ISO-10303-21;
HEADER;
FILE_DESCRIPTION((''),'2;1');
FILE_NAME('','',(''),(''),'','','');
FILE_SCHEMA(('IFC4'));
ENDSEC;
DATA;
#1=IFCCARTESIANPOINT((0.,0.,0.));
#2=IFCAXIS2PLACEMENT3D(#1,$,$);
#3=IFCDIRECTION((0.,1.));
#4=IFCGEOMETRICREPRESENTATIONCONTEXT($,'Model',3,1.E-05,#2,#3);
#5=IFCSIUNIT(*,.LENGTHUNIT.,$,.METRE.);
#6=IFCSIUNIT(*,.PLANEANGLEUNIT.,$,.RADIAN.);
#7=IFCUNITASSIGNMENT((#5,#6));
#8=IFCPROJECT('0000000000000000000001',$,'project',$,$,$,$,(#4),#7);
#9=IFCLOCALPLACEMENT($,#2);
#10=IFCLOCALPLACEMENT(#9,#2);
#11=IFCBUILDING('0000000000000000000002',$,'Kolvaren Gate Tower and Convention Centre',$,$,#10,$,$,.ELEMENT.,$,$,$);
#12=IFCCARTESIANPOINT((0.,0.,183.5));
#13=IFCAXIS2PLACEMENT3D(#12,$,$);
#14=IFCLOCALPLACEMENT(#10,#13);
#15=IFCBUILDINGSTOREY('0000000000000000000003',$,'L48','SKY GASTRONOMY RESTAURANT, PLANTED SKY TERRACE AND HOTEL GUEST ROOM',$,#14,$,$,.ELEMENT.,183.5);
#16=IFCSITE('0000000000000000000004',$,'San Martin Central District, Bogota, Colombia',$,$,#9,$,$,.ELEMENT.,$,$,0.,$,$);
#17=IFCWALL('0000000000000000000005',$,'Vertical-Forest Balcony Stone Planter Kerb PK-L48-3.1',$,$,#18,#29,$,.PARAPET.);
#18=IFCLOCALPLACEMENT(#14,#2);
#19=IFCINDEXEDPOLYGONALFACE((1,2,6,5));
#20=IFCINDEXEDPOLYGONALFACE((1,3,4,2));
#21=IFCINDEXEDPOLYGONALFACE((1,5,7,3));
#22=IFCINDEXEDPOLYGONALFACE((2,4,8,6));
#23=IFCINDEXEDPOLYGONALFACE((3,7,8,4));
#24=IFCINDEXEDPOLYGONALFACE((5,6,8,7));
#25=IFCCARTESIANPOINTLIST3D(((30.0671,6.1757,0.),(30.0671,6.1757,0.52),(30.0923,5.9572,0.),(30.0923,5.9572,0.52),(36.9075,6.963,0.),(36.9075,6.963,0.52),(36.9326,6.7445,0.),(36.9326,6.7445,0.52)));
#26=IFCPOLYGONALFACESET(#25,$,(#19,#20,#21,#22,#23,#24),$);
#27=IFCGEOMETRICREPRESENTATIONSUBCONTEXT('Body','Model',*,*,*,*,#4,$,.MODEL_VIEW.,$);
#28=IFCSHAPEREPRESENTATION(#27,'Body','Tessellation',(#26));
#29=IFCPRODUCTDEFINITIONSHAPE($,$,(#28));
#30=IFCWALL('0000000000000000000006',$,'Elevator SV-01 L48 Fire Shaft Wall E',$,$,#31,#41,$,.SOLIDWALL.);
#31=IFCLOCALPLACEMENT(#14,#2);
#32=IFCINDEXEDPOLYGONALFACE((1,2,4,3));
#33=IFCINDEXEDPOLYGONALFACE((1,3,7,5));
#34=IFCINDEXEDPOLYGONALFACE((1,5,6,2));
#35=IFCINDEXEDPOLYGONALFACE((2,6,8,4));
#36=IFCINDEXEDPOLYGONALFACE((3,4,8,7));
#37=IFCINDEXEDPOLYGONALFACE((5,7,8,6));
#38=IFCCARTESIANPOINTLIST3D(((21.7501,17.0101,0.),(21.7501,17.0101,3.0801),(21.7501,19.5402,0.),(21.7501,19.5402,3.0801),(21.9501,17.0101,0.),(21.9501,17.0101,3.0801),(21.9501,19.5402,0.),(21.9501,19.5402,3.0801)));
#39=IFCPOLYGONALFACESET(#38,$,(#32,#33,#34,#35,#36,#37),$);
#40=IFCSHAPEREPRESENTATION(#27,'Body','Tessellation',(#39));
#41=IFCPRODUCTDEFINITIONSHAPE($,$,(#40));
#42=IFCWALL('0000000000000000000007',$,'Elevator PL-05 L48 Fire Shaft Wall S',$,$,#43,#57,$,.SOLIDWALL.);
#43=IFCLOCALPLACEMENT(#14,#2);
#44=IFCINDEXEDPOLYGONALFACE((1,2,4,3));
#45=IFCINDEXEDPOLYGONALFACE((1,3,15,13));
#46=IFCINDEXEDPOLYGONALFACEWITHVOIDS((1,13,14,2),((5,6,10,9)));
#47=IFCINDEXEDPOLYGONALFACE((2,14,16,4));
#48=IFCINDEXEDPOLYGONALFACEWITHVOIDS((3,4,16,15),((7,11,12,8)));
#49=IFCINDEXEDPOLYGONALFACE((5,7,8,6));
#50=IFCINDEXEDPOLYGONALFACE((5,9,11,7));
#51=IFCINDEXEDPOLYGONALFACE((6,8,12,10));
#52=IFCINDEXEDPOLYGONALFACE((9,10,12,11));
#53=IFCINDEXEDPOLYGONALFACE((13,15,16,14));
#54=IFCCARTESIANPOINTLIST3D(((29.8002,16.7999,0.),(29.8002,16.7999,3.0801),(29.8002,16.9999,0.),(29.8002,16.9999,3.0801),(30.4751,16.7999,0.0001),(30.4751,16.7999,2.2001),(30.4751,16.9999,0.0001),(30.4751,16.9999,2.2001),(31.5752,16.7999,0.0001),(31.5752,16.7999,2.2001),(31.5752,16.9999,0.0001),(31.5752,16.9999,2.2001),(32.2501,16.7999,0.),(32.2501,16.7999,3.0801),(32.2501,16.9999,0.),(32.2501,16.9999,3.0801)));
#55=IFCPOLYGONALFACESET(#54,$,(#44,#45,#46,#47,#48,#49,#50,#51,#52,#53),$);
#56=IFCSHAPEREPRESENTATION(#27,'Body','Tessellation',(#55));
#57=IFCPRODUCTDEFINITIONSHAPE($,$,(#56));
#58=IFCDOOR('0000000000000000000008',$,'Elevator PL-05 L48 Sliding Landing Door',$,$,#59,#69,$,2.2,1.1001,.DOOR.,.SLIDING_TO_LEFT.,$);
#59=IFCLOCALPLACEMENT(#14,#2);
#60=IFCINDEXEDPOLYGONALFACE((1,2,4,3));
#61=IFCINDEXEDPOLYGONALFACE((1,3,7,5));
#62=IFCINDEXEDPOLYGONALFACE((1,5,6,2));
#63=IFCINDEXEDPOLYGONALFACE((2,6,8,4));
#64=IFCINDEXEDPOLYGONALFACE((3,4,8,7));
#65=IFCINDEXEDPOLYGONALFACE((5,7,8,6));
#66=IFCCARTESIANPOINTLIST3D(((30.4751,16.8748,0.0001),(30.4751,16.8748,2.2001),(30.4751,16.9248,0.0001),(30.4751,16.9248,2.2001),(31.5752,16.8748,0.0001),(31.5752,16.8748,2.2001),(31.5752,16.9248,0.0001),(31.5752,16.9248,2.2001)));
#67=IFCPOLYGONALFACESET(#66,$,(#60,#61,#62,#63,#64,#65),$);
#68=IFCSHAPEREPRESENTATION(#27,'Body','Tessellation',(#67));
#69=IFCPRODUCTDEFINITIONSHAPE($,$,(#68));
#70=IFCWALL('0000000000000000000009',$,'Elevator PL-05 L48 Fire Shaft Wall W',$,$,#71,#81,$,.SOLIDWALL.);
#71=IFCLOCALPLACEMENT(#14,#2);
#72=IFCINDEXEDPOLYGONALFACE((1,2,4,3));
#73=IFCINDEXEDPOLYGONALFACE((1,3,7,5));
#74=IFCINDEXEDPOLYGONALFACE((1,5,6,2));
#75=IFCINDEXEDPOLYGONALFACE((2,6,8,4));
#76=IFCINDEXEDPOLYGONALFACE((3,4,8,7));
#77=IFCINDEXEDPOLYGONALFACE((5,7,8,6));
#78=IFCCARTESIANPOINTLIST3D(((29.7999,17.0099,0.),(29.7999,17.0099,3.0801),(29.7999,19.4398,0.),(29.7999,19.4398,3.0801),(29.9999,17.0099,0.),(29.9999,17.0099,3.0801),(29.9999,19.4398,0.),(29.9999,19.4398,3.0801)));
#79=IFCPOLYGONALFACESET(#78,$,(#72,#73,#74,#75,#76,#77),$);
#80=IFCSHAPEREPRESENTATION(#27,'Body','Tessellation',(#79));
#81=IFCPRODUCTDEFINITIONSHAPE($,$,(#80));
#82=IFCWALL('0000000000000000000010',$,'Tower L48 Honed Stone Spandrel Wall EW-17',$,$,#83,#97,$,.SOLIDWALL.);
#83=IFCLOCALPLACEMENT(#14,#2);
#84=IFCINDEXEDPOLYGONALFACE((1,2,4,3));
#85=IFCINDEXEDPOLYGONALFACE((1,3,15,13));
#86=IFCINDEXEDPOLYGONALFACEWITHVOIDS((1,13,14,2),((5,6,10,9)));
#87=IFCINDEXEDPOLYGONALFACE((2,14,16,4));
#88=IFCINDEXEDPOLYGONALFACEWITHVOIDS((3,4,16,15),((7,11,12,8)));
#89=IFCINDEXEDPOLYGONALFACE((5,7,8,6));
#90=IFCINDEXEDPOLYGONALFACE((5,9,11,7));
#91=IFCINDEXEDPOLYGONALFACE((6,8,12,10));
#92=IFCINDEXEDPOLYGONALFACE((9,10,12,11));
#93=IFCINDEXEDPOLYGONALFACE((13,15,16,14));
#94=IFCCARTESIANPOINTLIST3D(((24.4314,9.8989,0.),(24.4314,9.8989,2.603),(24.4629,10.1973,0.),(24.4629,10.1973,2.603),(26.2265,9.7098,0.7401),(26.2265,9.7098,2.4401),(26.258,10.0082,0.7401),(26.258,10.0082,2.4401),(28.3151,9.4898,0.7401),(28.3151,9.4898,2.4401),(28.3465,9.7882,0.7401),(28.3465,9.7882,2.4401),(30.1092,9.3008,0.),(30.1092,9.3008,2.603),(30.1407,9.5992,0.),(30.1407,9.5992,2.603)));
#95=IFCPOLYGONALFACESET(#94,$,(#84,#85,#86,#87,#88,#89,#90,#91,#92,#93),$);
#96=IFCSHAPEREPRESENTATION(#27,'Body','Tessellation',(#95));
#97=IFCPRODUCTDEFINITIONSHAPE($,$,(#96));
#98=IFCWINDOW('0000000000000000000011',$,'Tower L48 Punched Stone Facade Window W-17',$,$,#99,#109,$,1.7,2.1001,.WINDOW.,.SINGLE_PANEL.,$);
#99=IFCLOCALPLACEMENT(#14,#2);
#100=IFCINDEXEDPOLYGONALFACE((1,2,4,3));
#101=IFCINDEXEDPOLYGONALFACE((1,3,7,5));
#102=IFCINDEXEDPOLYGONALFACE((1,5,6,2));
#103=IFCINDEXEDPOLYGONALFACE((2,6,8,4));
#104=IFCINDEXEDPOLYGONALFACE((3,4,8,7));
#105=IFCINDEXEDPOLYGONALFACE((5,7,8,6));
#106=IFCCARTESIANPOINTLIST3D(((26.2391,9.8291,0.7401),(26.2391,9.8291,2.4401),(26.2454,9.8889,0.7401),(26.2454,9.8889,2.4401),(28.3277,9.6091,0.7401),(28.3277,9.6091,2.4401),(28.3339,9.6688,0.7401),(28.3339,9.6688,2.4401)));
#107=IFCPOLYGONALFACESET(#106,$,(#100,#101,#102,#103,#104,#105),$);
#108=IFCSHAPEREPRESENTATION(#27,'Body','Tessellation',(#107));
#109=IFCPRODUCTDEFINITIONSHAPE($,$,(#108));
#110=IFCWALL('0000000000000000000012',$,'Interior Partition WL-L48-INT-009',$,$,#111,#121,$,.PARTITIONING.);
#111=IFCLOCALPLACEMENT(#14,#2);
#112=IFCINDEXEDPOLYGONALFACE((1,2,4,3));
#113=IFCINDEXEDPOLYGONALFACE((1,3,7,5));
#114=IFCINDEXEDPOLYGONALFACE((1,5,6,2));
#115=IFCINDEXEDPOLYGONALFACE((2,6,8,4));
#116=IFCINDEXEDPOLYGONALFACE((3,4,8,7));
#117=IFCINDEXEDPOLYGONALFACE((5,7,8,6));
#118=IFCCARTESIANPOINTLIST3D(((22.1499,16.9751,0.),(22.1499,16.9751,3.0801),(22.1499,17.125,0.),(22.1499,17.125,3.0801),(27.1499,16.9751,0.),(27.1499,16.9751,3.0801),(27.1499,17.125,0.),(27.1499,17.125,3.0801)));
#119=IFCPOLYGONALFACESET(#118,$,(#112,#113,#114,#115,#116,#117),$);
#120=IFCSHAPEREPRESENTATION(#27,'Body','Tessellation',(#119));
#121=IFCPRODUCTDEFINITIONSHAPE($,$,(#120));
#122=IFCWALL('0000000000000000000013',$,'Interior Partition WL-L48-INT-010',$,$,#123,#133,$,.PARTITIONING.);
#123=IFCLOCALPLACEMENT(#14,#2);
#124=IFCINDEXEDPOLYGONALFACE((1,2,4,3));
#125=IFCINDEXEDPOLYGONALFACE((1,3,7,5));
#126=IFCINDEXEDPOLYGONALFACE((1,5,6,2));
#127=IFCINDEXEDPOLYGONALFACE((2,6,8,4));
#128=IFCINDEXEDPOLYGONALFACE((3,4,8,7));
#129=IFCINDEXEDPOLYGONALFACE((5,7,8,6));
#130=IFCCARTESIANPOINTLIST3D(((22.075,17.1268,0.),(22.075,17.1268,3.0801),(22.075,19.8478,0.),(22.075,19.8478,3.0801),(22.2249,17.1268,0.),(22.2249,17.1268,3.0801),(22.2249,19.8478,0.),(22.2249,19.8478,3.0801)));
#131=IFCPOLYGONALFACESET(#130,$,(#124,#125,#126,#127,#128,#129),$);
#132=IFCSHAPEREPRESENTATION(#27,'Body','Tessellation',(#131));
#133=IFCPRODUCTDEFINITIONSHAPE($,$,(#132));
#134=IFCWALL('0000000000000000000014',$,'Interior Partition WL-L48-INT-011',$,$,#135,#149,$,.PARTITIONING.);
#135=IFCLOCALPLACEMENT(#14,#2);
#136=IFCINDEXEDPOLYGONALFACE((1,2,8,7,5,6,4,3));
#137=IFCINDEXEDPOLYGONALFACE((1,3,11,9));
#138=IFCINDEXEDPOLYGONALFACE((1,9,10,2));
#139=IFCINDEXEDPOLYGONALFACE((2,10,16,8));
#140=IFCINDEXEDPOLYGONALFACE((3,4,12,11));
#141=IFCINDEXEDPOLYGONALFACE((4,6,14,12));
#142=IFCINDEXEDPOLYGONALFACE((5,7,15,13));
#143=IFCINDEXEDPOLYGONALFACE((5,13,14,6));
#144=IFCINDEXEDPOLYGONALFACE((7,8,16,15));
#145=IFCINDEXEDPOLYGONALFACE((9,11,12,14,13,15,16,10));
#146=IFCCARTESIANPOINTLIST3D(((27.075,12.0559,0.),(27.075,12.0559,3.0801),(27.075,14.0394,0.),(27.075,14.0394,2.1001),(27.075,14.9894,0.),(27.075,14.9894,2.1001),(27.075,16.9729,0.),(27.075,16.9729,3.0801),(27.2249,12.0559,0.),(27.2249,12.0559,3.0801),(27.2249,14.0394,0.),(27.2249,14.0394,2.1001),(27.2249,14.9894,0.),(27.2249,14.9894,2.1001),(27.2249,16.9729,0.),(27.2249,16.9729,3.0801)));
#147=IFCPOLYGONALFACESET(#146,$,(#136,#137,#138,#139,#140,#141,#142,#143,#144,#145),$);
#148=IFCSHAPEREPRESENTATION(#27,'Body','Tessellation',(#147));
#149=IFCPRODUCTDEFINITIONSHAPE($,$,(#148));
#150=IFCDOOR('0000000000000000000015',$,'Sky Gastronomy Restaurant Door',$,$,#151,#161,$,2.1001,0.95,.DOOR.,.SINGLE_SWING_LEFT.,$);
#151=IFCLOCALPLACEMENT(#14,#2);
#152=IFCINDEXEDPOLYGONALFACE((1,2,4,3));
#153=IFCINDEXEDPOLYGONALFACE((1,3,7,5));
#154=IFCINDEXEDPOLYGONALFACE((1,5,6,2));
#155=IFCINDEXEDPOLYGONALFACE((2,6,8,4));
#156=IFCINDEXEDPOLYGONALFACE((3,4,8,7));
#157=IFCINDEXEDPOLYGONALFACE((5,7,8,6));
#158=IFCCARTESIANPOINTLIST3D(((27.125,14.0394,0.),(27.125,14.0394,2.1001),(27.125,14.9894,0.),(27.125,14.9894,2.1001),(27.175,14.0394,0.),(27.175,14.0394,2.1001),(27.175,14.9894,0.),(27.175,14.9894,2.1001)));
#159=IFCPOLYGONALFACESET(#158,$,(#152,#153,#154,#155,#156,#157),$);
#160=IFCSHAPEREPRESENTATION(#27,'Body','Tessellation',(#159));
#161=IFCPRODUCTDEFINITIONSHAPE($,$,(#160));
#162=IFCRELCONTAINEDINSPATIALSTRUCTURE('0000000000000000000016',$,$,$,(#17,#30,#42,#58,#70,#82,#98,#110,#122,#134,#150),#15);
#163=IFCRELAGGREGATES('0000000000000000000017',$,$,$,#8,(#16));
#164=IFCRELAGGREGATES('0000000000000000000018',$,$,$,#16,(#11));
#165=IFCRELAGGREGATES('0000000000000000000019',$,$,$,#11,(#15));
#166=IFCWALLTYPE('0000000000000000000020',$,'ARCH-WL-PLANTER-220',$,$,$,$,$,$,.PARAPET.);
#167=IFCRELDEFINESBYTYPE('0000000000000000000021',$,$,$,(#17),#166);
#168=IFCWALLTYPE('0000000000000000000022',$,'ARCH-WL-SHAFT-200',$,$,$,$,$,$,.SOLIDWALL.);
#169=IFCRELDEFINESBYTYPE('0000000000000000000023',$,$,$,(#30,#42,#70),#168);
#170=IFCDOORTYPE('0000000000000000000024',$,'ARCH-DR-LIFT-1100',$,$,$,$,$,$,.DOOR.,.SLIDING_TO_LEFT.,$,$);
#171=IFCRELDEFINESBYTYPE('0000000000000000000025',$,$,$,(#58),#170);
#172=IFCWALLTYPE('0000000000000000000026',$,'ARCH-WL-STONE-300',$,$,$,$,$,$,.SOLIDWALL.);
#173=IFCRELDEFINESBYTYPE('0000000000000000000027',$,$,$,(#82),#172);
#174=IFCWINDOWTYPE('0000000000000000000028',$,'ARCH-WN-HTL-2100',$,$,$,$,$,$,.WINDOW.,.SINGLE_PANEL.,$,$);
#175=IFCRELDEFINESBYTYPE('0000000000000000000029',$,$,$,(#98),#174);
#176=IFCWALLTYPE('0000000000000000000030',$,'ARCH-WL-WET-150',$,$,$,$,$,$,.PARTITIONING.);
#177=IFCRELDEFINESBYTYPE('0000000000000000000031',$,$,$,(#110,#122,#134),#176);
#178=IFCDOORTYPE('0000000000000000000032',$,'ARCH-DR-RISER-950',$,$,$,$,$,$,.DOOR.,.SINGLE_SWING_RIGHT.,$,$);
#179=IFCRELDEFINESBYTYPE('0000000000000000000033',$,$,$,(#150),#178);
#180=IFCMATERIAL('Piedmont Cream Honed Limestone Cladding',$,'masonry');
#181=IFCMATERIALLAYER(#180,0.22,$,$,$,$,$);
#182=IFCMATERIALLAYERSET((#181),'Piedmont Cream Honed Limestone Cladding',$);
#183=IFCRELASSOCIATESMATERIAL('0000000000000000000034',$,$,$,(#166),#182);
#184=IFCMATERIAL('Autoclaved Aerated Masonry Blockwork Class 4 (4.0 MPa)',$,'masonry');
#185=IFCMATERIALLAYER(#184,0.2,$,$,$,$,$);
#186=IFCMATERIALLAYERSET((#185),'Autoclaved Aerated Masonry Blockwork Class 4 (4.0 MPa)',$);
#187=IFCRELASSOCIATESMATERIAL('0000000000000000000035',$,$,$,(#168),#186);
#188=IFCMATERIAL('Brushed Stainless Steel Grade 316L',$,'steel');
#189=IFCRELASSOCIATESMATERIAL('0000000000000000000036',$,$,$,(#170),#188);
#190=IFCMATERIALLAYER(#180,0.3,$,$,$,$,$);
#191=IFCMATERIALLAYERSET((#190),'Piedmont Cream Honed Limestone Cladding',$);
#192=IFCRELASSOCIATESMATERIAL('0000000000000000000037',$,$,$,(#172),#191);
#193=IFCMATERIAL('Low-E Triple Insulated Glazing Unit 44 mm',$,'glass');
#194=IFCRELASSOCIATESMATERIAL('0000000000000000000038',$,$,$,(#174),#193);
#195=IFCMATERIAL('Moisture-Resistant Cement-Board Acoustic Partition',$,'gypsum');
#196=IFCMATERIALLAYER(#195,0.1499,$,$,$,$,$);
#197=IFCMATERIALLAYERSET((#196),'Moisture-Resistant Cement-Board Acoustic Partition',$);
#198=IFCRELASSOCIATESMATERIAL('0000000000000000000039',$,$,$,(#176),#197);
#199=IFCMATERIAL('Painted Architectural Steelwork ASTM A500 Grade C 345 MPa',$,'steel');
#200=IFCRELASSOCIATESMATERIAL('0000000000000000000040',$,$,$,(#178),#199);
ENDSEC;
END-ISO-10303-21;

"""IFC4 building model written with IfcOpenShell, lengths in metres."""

from ifc_helpers import new_model, si_unit, direction, frame, frame_2d, origin, place, context, subcontext, project, spatial, rectangle, extrude, material, layer, layer_set, type_object, element, fill, save


model = new_model("IFC4")

# Units and contexts
model_context = context("Model", 3, precision=1e-05, world=origin(), true_north=direction((0.0, 1.0)))
body_context = subcontext(model_context, "Body", "Model", "MODEL_VIEW")
ifc_project = project(units=[si_unit("LENGTHUNIT", "METRE"), si_unit("PLANEANGLEUNIT", "RADIAN")], contexts=[model_context])

# Site, building, storey
site_placement = place(None, origin())
site = spatial("IfcSite", under=ifc_project, at=site_placement, Name="San Martin Central District, Bogota, Colombia", CompositionType="ELEMENT", RefElevation=0.0)
building_placement = place(site_placement, origin())
building = spatial("IfcBuilding", under=site, at=building_placement, Name="Kolvaren Gate Tower and Convention Centre", CompositionType="ELEMENT")
storey_placement = place(building_placement, frame((0.0, 0.0, 183.5)))
storey = spatial("IfcBuildingStorey", under=building, at=storey_placement, Name="L48", Description="SKY GASTRONOMY RESTAURANT, PLANTED SKY TERRACE AND HOTEL GUEST ROOM", CompositionType="ELEMENT", Elevation=183.5)

# Walls
ifc_material_1 = material(Name="Piedmont Cream Honed Limestone Cladding", Category="masonry")
ifc_layer_1 = layer(ifc_material_1, 0.22)
ifc_layer_set_1 = layer_set([ifc_layer_1], Name="Piedmont Cream Honed Limestone Cladding")
wall_type_1 = type_object("IfcWallType", Name="ARCH-WL-PLANTER-220", PredefinedType="PARAPET", material=ifc_layer_set_1)
wall_1_placement = place(storey_placement, frame((30.0796, 6.0664, 0.0), z_axis=(0.0, 0.0, 1.0), x_axis=(0.993441, 0.11435, 0.0)))
element("IfcWall", 1, at=wall_1_placement, inside=storey, type_object=wall_type_1, Name="Vertical-Forest Balcony Stone Planter Kerb PK-L48-3.1", PredefinedType="PARAPET", context=body_context, shape_type="SweptSolid", body=[
    extrude(rectangle(XDim=6.8855, YDim=0.22, at=frame_2d((3.4429, 0.0))), origin(), (0.0, 0.0, 1.0), 0.52),
])
ifc_material_2 = material(Name="Autoclaved Aerated Masonry Blockwork Class 4 (4.0 MPa)", Category="masonry")
ifc_layer_2 = layer(ifc_material_2, 0.2)
ifc_layer_set_2 = layer_set([ifc_layer_2], Name="Autoclaved Aerated Masonry Blockwork Class 4 (4.0 MPa)")
wall_type_2 = type_object("IfcWallType", Name="ARCH-WL-SHAFT-200", PredefinedType="SOLIDWALL", material=ifc_layer_set_2)
wall_2_placement = place(storey_placement, frame((21.8501, 17.01, 0.0), z_axis=(0.0, 0.0, 1.0), x_axis=(0.0, 1.0, 0.0)))
element("IfcWall", 2, at=wall_2_placement, inside=storey, type_object=wall_type_2, Name="Elevator SV-01 L48 Fire Shaft Wall E", PredefinedType="SOLIDWALL", context=body_context, shape_type="SweptSolid", body=[
    extrude(rectangle(XDim=2.53, YDim=0.2, at=frame_2d((1.2651, 0.0))), origin(), (0.0, 0.0, 1.0), 3.0801),
])

# Wall, opening, door
wall_3_placement = place(storey_placement, frame((29.8, 16.8999, 0.0), z_axis=(0.0, 0.0, 1.0), x_axis=(1.0, 0.0, 0.0)))
wall_3 = element("IfcWall", 3, at=wall_3_placement, inside=storey, type_object=wall_type_2, Name="Elevator PL-05 L48 Fire Shaft Wall S", PredefinedType="SOLIDWALL", context=body_context, shape_type="SweptSolid", body=[
    extrude(rectangle(XDim=2.45, YDim=0.2, at=frame_2d((1.2251, 0.0))), origin(), (0.0, 0.0, 1.0), 3.0801),
])
opening_1_placement = place(wall_3_placement, frame((0.675, 0.0, 0.0)))
opening_1 = element("IfcOpeningElement", 4, at=opening_1_placement, cuts=wall_3, PredefinedType="OPENING", context=body_context, shape_type="SweptSolid", body=[
    extrude(rectangle(XDim=1.1001, YDim=2.2, at=frame_2d((0.55, 1.1001))), frame((0.0, 0.1099, 0.0), z_axis=(0.0, -1.0, 0.0), x_axis=(1.0, 0.0, 0.0)), (0.0, 0.0, 1.0), 0.22),
])
ifc_material_3 = material(Name="Brushed Stainless Steel Grade 316L", Category="steel")
door_type_1 = type_object("IfcDoorType", Name="ARCH-DR-LIFT-1100", OperationType="SLIDING_TO_LEFT", PredefinedType="DOOR", material=ifc_material_3)
door_1_placement = place(opening_1_placement, origin())
door_1 = element("IfcDoor", 5, at=door_1_placement, inside=storey, type_object=door_type_1, Name="Elevator PL-05 L48 Sliding Landing Door", OperationType="SLIDING_TO_LEFT", OverallHeight=2.2, OverallWidth=1.1001, PredefinedType="DOOR", context=body_context, shape_type="SweptSolid", body=[
    extrude(rectangle(XDim=1.1001, YDim=2.2, at=frame_2d((0.55, 1.1001))), frame((0.0, 0.0249, 0.0), z_axis=(0.0, -1.0, 0.0), x_axis=(1.0, 0.0, 0.0)), (0.0, 0.0, 1.0), 0.05),
])
fill(opening_1, door_1)

# Wall
wall_4_placement = place(storey_placement, frame((29.8999, 17.01, 0.0), z_axis=(0.0, 0.0, 1.0), x_axis=(0.0, 1.0, 0.0)))
element("IfcWall", 6, at=wall_4_placement, inside=storey, type_object=wall_type_2, Name="Elevator PL-05 L48 Fire Shaft Wall W", PredefinedType="SOLIDWALL", context=body_context, shape_type="SweptSolid", body=[
    extrude(rectangle(XDim=2.4299, YDim=0.2, at=frame_2d((1.2148, 0.0))), origin(), (0.0, 0.0, 1.0), 3.0801),
])

# Wall, opening, window
ifc_layer_3 = layer(ifc_material_1, 0.3)
ifc_layer_set_3 = layer_set([ifc_layer_3], Name="Piedmont Cream Honed Limestone Cladding")
wall_type_3 = type_object("IfcWallType", Name="ARCH-WL-STONE-300", PredefinedType="SOLIDWALL", material=ifc_layer_set_3)
wall_5_placement = place(storey_placement, frame((24.4473, 10.0481, 0.0), z_axis=(0.0, 0.0, 1.0), x_axis=(0.994497, -0.104769, 0.0)))
wall_5 = element("IfcWall", 7, at=wall_5_placement, inside=storey, type_object=wall_type_3, Name="Tower L48 Honed Stone Spandrel Wall EW-17", PredefinedType="SOLIDWALL", context=body_context, shape_type="SweptSolid", body=[
    extrude(rectangle(XDim=5.7092, YDim=0.3, at=frame_2d((2.8545, 0.0))), origin(), (0.0, 0.0, 1.0), 2.603),
])
opening_2_placement = place(wall_5_placement, frame((1.8049, 0.0, 0.74)))
opening_2 = element("IfcOpeningElement", 8, at=opening_2_placement, cuts=wall_5, PredefinedType="OPENING", context=body_context, shape_type="SweptSolid", body=[
    extrude(rectangle(XDim=2.1001, YDim=1.7, at=frame_2d((1.05, 0.8501))), frame((0.0, 0.1599, 0.0), z_axis=(0.0, -1.0, 0.0), x_axis=(1.0, 0.0, 0.0)), (0.0, 0.0, 1.0), 0.3201),
])
ifc_material_4 = material(Name="Low-E Triple Insulated Glazing Unit 44 mm", Category="glass")
window_type = type_object("IfcWindowType", Name="ARCH-WN-HTL-2100", PartitioningType="SINGLE_PANEL", PredefinedType="WINDOW", material=ifc_material_4)
window_placement = place(opening_2_placement, origin())
window = element("IfcWindow", 9, at=window_placement, inside=storey, type_object=window_type, Name="Tower L48 Punched Stone Facade Window W-17", OverallHeight=1.7, OverallWidth=2.1001, PartitioningType="SINGLE_PANEL", PredefinedType="WINDOW", context=body_context, shape_type="SweptSolid", body=[
    extrude(rectangle(XDim=2.1001, YDim=1.7, at=frame_2d((1.05, 0.8501))), frame((0.0, 0.03, 0.0), z_axis=(0.0, -1.0, 0.0), x_axis=(1.0, 0.0, 0.0)), (0.0, 0.0, 1.0), 0.0601),
])
fill(opening_2, window)

# Walls
ifc_material_5 = material(Name="Moisture-Resistant Cement-Board Acoustic Partition", Category="gypsum")
ifc_layer_4 = layer(ifc_material_5, 0.1499)
ifc_layer_set_4 = layer_set([ifc_layer_4], Name="Moisture-Resistant Cement-Board Acoustic Partition")
wall_type_4 = type_object("IfcWallType", Name="ARCH-WL-WET-150", PredefinedType="PARTITIONING", material=ifc_layer_set_4)
wall_6_placement = place(storey_placement, frame((22.1499, 17.05, 0.0), z_axis=(0.0, 0.0, 1.0), x_axis=(1.0, 0.0, 0.0)))
element("IfcWall", 10, at=wall_6_placement, inside=storey, type_object=wall_type_4, Name="Interior Partition WL-L48-INT-009", PredefinedType="PARTITIONING", context=body_context, shape_type="SweptSolid", body=[
    extrude(rectangle(XDim=5.0, YDim=0.1499, at=frame_2d((2.5, 0.0))), origin(), (0.0, 0.0, 1.0), 3.0801),
])
wall_7_placement = place(storey_placement, frame((22.1499, 17.127, 0.0), z_axis=(0.0, 0.0, 1.0), x_axis=(0.0, 1.0, 0.0)))
element("IfcWall", 11, at=wall_7_placement, inside=storey, type_object=wall_type_4, Name="Interior Partition WL-L48-INT-010", PredefinedType="PARTITIONING", context=body_context, shape_type="SweptSolid", body=[
    extrude(rectangle(XDim=2.7209, YDim=0.1499, at=frame_2d((1.3604, 0.0))), origin(), (0.0, 0.0, 1.0), 3.0801),
])

# Wall, opening, door
wall_8_placement = place(storey_placement, frame((27.1499, 12.0559, 0.0), z_axis=(0.0, 0.0, 1.0), x_axis=(0.0, 1.0, 0.0)))
wall_8 = element("IfcWall", 12, at=wall_8_placement, inside=storey, type_object=wall_type_4, Name="Interior Partition WL-L48-INT-011", PredefinedType="PARTITIONING", context=body_context, shape_type="SweptSolid", body=[
    extrude(rectangle(XDim=4.917, YDim=0.1499, at=frame_2d((2.4585, 0.0))), origin(), (0.0, 0.0, 1.0), 3.0801),
])
opening_3_placement = place(wall_8_placement, frame((1.9834, 0.0, 0.0)))
opening_3 = element("IfcOpeningElement", 13, at=opening_3_placement, cuts=wall_8, PredefinedType="OPENING", context=body_context, shape_type="SweptSolid", body=[
    extrude(rectangle(XDim=0.95, YDim=2.1001, at=frame_2d((0.4751, 1.05))), frame((0.0, 0.085, 0.0), z_axis=(0.0, -1.0, 0.0), x_axis=(1.0, 0.0, 0.0)), (0.0, 0.0, 1.0), 0.1699),
])
ifc_material_6 = material(Name="Painted Architectural Steelwork ASTM A500 Grade C 345 MPa", Category="steel")
door_type_2 = type_object("IfcDoorType", Name="ARCH-DR-RISER-950", OperationType="SINGLE_SWING_RIGHT", PredefinedType="DOOR", material=ifc_material_6)
door_2_placement = place(opening_3_placement, origin())
door_2 = element("IfcDoor", 14, at=door_2_placement, inside=storey, type_object=door_type_2, Name="Sky Gastronomy Restaurant Door", OperationType="SINGLE_SWING_LEFT", OverallHeight=2.1001, OverallWidth=0.95, PredefinedType="DOOR", context=body_context, shape_type="SweptSolid", body=[
    extrude(rectangle(XDim=0.95, YDim=2.1001, at=frame_2d((0.4751, 1.05))), frame((0.0, 0.0249, 0.0), z_axis=(0.0, -1.0, 0.0), x_axis=(1.0, 0.0, 0.0)), (0.0, 0.0, 1.0), 0.05),
])
fill(opening_3, door_2)

save(model, "model.ifc")
